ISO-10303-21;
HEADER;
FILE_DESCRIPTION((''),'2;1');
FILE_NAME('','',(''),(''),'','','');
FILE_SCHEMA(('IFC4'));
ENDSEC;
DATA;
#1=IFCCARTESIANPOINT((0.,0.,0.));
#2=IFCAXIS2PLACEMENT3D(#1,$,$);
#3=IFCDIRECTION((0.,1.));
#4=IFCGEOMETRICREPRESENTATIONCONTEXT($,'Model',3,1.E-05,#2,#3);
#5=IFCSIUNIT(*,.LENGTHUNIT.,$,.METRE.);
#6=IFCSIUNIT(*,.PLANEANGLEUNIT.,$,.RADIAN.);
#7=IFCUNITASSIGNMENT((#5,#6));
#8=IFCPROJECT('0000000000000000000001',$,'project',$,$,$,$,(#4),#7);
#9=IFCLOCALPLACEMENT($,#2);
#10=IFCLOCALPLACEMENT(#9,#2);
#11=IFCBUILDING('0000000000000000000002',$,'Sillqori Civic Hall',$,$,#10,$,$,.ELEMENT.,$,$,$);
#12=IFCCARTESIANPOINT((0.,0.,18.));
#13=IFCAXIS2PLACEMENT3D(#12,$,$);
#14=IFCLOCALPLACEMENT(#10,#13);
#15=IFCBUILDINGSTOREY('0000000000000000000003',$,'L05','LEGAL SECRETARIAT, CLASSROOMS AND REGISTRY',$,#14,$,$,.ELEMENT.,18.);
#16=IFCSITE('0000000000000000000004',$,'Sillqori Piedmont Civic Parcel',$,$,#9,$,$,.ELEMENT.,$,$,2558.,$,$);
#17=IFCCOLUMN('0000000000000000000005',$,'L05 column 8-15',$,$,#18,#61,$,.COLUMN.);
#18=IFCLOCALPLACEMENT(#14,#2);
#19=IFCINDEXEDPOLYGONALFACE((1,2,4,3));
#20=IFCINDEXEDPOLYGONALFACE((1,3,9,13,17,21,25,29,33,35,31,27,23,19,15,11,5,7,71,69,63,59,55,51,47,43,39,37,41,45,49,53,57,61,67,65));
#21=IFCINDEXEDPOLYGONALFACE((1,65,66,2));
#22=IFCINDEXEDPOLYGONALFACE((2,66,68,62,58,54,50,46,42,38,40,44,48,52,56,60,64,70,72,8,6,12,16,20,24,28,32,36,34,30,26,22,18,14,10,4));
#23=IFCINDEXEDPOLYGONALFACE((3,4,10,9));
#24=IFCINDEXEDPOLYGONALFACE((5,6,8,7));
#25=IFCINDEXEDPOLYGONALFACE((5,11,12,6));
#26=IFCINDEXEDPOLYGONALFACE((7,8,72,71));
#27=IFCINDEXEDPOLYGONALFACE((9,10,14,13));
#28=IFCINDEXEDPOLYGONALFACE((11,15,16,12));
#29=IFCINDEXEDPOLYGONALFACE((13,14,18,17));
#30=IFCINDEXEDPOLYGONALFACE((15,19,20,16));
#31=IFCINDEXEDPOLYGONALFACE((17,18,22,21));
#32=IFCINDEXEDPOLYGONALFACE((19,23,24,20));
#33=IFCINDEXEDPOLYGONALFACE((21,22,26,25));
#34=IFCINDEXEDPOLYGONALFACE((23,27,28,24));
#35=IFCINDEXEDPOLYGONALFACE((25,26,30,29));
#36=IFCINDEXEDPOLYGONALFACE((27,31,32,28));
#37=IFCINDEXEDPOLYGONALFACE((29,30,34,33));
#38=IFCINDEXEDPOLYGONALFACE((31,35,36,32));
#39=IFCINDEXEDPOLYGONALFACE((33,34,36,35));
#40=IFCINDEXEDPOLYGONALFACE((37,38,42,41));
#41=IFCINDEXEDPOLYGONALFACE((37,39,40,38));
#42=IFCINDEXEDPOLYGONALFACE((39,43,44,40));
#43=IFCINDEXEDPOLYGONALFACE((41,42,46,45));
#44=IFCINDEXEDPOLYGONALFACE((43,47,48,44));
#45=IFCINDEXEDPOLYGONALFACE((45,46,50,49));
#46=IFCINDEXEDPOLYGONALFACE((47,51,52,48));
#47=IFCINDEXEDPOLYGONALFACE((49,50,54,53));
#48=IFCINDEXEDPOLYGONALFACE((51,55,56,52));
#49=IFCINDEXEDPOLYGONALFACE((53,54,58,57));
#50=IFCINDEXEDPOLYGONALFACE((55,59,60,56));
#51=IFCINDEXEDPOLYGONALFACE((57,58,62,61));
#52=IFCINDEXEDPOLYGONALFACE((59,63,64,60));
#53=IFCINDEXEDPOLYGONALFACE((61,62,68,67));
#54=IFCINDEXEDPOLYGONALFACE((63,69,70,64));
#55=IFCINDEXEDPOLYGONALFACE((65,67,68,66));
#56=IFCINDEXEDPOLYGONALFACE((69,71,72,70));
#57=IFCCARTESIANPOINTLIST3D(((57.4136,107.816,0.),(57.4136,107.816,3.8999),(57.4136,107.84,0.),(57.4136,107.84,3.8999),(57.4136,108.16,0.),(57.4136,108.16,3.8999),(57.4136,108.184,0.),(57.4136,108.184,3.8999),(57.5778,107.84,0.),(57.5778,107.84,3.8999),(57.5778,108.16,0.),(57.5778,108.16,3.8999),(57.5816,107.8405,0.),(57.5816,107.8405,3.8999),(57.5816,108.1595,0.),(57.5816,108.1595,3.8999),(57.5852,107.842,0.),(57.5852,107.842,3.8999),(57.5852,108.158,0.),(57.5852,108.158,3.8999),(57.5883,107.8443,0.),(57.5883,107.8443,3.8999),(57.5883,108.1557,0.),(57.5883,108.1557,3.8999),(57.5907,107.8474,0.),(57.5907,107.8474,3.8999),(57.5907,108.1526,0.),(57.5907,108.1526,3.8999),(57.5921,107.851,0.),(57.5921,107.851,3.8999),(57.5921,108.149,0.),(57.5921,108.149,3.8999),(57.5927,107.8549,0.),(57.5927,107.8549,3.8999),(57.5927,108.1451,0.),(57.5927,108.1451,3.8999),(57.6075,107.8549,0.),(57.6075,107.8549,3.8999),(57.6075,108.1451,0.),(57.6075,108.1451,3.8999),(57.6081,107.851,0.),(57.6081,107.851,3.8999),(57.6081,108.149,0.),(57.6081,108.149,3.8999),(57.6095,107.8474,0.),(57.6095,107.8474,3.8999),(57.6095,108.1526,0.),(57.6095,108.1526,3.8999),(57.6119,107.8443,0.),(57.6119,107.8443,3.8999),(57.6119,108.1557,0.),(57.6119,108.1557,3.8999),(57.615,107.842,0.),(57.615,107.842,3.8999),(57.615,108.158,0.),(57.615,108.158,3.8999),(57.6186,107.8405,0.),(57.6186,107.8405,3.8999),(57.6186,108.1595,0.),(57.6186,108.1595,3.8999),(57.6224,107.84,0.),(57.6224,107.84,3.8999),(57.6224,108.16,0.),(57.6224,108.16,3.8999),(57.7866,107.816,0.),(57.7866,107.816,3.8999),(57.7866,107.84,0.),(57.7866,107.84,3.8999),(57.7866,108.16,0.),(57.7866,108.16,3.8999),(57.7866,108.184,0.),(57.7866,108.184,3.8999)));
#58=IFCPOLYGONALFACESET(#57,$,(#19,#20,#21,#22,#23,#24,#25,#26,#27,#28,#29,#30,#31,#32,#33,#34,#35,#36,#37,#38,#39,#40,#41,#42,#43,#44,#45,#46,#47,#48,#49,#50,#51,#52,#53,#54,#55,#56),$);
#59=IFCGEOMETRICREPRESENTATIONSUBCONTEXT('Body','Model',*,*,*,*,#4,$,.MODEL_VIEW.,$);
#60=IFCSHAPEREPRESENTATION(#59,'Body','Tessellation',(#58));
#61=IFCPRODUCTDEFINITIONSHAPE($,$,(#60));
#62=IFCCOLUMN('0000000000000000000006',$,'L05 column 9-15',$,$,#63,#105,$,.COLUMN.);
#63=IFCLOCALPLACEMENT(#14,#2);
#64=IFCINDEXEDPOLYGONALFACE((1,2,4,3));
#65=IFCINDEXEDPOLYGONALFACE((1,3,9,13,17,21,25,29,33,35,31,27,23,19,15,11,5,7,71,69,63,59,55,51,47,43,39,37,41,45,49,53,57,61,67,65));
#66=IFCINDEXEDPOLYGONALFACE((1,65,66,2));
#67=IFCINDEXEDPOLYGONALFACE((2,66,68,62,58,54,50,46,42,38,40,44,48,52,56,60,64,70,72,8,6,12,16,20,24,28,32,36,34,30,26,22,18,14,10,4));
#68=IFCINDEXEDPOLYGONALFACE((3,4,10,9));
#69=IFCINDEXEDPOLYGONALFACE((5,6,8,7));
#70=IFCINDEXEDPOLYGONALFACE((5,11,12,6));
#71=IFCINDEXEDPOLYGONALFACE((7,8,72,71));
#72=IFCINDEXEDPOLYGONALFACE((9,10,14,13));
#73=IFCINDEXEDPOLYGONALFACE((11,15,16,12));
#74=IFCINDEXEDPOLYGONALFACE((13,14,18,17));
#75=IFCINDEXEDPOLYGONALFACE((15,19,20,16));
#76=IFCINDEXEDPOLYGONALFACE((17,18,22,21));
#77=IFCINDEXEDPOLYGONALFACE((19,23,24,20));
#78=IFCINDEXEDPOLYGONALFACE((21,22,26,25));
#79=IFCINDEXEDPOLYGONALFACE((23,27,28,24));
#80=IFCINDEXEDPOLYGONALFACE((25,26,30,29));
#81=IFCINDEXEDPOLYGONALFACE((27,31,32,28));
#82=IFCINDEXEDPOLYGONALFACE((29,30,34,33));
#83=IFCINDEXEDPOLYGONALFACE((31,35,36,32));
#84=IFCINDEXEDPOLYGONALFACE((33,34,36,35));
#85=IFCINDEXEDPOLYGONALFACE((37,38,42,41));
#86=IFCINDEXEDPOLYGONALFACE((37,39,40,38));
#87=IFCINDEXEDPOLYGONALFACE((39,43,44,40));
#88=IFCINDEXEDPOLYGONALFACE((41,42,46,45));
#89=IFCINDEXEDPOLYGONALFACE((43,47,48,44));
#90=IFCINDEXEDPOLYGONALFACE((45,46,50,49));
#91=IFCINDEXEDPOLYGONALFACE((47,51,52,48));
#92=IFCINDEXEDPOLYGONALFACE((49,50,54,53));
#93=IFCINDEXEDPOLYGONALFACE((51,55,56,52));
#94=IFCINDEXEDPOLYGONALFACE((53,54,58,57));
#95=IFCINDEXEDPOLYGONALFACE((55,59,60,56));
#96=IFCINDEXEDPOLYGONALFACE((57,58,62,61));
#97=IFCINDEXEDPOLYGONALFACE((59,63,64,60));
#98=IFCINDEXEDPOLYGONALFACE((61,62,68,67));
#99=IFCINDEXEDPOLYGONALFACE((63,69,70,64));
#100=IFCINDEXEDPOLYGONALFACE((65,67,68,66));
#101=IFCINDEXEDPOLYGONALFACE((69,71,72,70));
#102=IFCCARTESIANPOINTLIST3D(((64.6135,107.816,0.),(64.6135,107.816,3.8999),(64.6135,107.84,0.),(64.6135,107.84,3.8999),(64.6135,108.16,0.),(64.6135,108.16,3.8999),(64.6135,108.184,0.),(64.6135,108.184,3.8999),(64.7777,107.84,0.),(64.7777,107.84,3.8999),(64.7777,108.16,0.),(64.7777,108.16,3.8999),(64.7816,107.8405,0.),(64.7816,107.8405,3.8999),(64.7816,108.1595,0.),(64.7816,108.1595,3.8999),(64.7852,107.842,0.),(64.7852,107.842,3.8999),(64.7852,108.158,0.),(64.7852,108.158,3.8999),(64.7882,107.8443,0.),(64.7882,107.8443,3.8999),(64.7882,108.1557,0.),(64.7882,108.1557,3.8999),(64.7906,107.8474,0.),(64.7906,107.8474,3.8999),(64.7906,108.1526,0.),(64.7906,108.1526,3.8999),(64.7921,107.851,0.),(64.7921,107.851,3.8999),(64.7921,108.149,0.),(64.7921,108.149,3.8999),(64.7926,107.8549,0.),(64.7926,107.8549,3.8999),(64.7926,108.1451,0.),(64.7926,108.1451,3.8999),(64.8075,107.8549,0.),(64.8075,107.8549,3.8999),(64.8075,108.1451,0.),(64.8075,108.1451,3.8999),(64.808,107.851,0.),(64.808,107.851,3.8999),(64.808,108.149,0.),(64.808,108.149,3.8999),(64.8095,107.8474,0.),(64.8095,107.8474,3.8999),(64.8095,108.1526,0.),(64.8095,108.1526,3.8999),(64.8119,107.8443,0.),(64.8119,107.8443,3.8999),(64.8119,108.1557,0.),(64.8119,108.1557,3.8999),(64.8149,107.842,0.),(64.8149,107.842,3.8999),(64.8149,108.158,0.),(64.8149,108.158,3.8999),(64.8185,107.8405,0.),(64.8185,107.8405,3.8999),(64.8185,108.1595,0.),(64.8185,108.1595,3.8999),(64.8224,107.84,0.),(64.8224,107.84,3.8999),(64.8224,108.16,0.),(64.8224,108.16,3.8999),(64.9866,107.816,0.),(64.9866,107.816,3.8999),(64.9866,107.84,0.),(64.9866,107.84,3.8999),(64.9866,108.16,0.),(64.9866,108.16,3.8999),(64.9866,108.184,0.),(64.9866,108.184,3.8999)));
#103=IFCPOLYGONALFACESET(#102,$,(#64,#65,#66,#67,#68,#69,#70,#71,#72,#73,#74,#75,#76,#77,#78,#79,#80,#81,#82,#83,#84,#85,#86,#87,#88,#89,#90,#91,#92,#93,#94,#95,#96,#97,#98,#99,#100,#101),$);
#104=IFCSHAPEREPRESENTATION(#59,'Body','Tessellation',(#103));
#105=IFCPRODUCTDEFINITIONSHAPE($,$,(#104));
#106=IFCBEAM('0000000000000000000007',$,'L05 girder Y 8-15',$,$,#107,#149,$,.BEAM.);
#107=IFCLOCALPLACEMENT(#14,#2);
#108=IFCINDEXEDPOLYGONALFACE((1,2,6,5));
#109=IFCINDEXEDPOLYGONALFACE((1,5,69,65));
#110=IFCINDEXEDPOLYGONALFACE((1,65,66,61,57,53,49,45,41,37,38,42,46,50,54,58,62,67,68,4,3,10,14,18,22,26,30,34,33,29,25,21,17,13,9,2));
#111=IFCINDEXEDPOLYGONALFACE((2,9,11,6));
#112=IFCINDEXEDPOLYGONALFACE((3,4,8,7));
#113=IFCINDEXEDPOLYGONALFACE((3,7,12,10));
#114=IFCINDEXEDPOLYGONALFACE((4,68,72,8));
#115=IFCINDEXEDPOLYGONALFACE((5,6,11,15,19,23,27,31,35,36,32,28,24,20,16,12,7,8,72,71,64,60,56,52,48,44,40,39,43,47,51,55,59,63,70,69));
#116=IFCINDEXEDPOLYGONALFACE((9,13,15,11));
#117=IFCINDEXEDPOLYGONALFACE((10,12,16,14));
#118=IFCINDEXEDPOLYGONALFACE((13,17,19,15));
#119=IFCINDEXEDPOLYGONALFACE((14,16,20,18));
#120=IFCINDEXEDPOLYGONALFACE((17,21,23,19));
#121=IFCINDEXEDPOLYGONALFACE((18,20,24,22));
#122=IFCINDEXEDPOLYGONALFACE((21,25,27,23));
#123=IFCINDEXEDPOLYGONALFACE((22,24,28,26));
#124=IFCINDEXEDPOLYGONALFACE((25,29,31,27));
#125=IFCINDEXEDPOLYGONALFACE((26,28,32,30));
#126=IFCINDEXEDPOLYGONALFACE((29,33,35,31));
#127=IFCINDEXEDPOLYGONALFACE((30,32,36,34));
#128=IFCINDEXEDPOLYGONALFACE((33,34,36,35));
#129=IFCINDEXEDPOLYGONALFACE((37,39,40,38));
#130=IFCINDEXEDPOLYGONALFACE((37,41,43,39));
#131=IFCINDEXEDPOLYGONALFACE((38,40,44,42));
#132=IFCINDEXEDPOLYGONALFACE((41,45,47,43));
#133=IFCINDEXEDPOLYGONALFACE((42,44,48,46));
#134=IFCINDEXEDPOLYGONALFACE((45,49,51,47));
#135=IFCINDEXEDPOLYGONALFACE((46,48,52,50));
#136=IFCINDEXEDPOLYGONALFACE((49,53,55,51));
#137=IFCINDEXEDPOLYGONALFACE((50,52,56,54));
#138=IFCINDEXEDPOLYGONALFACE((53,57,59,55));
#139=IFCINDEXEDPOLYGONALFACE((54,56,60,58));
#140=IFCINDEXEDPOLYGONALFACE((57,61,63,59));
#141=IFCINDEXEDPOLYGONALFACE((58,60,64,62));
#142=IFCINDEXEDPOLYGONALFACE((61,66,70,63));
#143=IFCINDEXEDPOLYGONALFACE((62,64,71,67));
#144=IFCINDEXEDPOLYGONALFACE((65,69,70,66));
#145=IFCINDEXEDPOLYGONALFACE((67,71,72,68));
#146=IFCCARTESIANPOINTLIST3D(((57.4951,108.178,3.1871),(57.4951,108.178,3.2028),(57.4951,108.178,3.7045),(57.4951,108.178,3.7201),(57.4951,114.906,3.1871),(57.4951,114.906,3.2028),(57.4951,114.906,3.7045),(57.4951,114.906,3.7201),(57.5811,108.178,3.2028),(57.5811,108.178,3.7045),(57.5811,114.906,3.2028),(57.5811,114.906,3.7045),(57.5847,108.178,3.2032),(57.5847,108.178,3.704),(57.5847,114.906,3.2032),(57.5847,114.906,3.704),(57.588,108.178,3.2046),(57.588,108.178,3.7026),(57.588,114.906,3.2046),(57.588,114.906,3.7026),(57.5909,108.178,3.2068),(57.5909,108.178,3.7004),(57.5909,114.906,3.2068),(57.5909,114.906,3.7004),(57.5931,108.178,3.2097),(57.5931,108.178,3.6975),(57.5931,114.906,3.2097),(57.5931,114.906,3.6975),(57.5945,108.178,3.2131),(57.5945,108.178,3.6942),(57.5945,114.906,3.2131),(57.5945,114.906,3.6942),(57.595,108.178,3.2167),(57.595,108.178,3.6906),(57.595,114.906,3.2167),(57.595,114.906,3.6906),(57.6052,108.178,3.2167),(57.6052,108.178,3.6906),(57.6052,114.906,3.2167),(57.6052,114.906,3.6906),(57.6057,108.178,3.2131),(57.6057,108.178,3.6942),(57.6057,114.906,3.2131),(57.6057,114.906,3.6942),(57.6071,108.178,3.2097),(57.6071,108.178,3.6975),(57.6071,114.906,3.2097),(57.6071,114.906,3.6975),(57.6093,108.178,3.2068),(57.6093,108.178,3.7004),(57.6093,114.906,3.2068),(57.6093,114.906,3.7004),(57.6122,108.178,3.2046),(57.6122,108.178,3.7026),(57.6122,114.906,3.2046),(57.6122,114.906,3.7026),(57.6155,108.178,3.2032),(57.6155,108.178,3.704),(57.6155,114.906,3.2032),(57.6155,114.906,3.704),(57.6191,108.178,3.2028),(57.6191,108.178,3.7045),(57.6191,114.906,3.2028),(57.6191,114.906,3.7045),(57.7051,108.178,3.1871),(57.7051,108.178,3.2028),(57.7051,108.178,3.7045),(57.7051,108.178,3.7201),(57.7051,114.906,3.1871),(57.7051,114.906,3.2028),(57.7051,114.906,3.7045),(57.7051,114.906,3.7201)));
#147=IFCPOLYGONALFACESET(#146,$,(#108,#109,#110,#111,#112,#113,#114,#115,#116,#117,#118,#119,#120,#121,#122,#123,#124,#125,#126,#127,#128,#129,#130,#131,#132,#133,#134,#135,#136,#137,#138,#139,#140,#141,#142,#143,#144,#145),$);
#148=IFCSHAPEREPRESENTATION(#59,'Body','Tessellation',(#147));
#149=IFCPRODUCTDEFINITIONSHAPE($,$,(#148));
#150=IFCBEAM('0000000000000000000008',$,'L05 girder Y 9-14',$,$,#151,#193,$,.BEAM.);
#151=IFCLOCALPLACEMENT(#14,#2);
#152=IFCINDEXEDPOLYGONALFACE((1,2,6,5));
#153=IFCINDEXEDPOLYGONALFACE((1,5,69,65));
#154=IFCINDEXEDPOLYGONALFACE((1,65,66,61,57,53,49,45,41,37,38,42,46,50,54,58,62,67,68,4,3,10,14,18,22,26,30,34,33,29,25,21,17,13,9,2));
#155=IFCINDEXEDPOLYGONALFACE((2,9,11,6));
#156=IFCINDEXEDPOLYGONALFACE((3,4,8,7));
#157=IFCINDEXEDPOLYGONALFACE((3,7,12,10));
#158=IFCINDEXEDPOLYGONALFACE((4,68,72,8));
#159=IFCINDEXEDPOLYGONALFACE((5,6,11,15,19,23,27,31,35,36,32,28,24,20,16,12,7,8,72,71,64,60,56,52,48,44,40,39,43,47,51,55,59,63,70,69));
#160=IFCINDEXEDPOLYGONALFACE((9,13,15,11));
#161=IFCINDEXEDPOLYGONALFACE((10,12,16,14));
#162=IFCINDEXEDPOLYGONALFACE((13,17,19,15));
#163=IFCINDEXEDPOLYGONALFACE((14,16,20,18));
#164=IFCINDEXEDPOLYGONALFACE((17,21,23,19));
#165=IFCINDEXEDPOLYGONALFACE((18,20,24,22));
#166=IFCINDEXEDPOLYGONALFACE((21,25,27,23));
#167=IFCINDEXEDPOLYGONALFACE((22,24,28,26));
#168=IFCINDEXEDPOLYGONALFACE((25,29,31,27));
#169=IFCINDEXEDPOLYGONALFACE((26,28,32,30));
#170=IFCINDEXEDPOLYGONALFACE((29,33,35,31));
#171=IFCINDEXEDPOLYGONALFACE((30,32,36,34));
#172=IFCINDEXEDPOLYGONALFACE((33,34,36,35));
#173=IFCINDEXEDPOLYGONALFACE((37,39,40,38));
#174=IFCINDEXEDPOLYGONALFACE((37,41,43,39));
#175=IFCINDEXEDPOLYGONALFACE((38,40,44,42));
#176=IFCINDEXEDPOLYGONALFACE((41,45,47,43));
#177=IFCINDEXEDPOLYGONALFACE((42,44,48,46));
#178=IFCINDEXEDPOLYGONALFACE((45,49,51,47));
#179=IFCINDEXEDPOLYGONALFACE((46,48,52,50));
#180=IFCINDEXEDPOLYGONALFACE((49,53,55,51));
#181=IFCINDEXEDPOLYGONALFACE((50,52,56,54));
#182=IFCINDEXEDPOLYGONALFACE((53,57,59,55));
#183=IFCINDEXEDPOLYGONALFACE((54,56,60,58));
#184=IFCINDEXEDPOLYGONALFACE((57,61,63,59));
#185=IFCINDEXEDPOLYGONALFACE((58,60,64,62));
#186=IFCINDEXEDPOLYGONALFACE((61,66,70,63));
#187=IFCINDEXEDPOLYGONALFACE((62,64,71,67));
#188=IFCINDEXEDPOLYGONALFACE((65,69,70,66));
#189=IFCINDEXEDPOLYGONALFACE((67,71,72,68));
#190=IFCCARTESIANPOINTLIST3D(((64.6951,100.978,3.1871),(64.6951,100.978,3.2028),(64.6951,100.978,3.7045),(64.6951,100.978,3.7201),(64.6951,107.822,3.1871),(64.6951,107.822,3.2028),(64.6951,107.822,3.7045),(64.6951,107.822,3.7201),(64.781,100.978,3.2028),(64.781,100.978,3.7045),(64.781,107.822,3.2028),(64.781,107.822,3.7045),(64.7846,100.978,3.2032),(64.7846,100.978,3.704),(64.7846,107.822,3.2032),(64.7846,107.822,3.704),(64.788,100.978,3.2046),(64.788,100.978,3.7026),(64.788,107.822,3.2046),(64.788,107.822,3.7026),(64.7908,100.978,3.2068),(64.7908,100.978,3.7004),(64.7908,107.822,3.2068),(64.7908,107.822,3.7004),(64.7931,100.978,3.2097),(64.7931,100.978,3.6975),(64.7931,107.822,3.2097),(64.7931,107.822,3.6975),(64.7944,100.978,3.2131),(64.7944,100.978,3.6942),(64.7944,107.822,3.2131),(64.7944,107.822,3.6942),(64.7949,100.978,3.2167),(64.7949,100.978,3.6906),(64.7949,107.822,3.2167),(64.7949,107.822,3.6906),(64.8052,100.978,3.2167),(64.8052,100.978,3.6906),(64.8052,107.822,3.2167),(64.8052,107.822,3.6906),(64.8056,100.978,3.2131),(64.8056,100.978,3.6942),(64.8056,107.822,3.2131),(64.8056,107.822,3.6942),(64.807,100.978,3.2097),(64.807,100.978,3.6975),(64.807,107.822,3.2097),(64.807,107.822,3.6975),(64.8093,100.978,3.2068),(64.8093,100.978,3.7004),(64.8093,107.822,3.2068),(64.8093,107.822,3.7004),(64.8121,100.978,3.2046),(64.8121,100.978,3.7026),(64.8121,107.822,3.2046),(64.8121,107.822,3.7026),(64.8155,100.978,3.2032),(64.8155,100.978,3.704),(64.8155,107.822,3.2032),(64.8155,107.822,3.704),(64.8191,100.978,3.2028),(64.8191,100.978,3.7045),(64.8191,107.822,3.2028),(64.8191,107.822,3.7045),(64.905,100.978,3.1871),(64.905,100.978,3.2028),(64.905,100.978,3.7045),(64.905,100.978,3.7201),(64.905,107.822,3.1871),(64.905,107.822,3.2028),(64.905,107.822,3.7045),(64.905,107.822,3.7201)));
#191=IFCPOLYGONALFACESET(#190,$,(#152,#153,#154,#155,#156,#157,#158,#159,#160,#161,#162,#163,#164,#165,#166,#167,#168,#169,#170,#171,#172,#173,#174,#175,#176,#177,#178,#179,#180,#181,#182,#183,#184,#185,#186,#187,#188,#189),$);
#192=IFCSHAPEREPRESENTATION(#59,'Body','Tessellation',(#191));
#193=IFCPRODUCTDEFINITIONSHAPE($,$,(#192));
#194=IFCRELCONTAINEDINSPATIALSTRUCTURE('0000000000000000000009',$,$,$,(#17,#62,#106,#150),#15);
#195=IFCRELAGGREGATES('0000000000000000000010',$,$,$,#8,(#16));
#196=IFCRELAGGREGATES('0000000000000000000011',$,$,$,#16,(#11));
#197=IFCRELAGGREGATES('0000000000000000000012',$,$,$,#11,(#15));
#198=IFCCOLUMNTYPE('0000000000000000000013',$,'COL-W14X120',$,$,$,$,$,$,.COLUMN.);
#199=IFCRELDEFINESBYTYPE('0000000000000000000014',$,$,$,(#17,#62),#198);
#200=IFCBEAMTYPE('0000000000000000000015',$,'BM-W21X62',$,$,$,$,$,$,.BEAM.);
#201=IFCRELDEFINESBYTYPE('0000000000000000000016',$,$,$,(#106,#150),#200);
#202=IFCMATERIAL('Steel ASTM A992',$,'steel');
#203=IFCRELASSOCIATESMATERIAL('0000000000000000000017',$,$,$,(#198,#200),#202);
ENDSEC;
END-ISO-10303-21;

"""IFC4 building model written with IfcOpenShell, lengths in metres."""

from ifc_helpers import new_model, si_unit, direction, frame, origin, origin_2d, place, context, subcontext, project, spatial, i_section, extrude, material, material_profile, profile_set, type_object, element, save


model = new_model("IFC4")

# Units and contexts
model_context = context("Model", 3, precision=1e-05, world=origin(), true_north=direction((0.0, 1.0)))
body_context = subcontext(model_context, "Body", "Model", "MODEL_VIEW")
ifc_project = project(units=[si_unit("LENGTHUNIT", "METRE"), si_unit("PLANEANGLEUNIT", "RADIAN")], contexts=[model_context])

# Site, building, storey
site_placement = place(None, origin())
site = spatial("IfcSite", under=ifc_project, at=site_placement, Name="Sillqori Piedmont Civic Parcel", CompositionType="ELEMENT", RefElevation=2558.0)
building_placement = place(site_placement, origin())
building = spatial("IfcBuilding", under=site, at=building_placement, Name="Sillqori Civic Hall", CompositionType="ELEMENT")
storey_placement = place(building_placement, frame((0.0, 0.0, 18.0)))
storey = spatial("IfcBuildingStorey", under=building, at=storey_placement, Name="L05", Description="LEGAL SECRETARIAT, CLASSROOMS AND REGISTRY", CompositionType="ELEMENT", Elevation=18.0)

# Columns
ifc_material = material(Name="Steel ASTM A992", Category="steel")
ifc_material_profile_1 = material_profile(ifc_material, i_section(OverallWidth=0.373, OverallDepth=0.3679, WebThickness=0.0149, FlangeThickness=0.0239, FilletRadius=0.0149, at=origin_2d()), Name="W14X120")
ifc_profile_set_1 = profile_set([ifc_material_profile_1], Name="Steel ASTM A992")
column_type = type_object("IfcColumnType", Name="COL-W14X120", PredefinedType="COLUMN", material=ifc_profile_set_1)
for number, where, z_axis, x_axis, name in (
    (1, (57.6001, 108.0, 0.0), (0.0, 0.0, 1.0), (1.0, 0.0, 0.0), "L05 column 8-15"),
    (2, (64.8, 108.0, 0.0), (0.0, 0.0, 1.0), (1.0, 0.0, 0.0), "L05 column 9-15"),
):
    element("IfcColumn", number, at=place(storey_placement, frame(where, z_axis=z_axis, x_axis=x_axis)), inside=storey, type_object=column_type, Name=name, PredefinedType="COLUMN", context=body_context, shape_type="SweptSolid", body=[
        extrude(i_section(OverallWidth=0.373, OverallDepth=0.3679, WebThickness=0.0149, FlangeThickness=0.0239, FilletRadius=0.0149, at=origin_2d()), origin(), (0.0, 0.0, 1.0), 3.8999),
    ])

# Beams
ifc_material_profile_2 = material_profile(ifc_material, i_section(OverallWidth=0.21, OverallDepth=0.533, WebThickness=0.0103, FlangeThickness=0.0156, FilletRadius=0.0139, at=origin_2d()), Name="W21X62")
ifc_profile_set_2 = profile_set([ifc_material_profile_2], Name="Steel ASTM A992")
beam_type_1 = type_object("IfcBeamType", Name="BM-W21X62", PredefinedType="BEAM", material=ifc_profile_set_2)
beam_1_placement = place(storey_placement, frame((57.6001, 108.178, 3.4536), z_axis=(0.0, 1.0, 0.0), x_axis=(-1.0, 0.0, 0.0)))
element("IfcBeam", 3, at=beam_1_placement, inside=storey, type_object=beam_type_1, Name="L05 girder Y 8-15", PredefinedType="BEAM", context=body_context, shape_type="SweptSolid", body=[
    extrude(i_section(OverallWidth=0.21, OverallDepth=0.533, WebThickness=0.0103, FlangeThickness=0.0156, FilletRadius=0.0139, at=origin_2d()), origin(), (0.0, 0.0, 1.0), 6.728),
])
beam_2_placement = place(storey_placement, frame((64.8, 100.978, 3.4536), z_axis=(0.0, 1.0, 0.0), x_axis=(-1.0, 0.0, 0.0)))
element("IfcBeam", 4, at=beam_2_placement, inside=storey, type_object=beam_type_1, Name="L05 girder Y 9-14", PredefinedType="BEAM", context=body_context, shape_type="SweptSolid", body=[
    extrude(i_section(OverallWidth=0.21, OverallDepth=0.533, WebThickness=0.0103, FlangeThickness=0.0156, FilletRadius=0.0139, at=origin_2d()), origin(), (0.0, 0.0, 1.0), 6.844),
])

save(model, "model.ifc")
